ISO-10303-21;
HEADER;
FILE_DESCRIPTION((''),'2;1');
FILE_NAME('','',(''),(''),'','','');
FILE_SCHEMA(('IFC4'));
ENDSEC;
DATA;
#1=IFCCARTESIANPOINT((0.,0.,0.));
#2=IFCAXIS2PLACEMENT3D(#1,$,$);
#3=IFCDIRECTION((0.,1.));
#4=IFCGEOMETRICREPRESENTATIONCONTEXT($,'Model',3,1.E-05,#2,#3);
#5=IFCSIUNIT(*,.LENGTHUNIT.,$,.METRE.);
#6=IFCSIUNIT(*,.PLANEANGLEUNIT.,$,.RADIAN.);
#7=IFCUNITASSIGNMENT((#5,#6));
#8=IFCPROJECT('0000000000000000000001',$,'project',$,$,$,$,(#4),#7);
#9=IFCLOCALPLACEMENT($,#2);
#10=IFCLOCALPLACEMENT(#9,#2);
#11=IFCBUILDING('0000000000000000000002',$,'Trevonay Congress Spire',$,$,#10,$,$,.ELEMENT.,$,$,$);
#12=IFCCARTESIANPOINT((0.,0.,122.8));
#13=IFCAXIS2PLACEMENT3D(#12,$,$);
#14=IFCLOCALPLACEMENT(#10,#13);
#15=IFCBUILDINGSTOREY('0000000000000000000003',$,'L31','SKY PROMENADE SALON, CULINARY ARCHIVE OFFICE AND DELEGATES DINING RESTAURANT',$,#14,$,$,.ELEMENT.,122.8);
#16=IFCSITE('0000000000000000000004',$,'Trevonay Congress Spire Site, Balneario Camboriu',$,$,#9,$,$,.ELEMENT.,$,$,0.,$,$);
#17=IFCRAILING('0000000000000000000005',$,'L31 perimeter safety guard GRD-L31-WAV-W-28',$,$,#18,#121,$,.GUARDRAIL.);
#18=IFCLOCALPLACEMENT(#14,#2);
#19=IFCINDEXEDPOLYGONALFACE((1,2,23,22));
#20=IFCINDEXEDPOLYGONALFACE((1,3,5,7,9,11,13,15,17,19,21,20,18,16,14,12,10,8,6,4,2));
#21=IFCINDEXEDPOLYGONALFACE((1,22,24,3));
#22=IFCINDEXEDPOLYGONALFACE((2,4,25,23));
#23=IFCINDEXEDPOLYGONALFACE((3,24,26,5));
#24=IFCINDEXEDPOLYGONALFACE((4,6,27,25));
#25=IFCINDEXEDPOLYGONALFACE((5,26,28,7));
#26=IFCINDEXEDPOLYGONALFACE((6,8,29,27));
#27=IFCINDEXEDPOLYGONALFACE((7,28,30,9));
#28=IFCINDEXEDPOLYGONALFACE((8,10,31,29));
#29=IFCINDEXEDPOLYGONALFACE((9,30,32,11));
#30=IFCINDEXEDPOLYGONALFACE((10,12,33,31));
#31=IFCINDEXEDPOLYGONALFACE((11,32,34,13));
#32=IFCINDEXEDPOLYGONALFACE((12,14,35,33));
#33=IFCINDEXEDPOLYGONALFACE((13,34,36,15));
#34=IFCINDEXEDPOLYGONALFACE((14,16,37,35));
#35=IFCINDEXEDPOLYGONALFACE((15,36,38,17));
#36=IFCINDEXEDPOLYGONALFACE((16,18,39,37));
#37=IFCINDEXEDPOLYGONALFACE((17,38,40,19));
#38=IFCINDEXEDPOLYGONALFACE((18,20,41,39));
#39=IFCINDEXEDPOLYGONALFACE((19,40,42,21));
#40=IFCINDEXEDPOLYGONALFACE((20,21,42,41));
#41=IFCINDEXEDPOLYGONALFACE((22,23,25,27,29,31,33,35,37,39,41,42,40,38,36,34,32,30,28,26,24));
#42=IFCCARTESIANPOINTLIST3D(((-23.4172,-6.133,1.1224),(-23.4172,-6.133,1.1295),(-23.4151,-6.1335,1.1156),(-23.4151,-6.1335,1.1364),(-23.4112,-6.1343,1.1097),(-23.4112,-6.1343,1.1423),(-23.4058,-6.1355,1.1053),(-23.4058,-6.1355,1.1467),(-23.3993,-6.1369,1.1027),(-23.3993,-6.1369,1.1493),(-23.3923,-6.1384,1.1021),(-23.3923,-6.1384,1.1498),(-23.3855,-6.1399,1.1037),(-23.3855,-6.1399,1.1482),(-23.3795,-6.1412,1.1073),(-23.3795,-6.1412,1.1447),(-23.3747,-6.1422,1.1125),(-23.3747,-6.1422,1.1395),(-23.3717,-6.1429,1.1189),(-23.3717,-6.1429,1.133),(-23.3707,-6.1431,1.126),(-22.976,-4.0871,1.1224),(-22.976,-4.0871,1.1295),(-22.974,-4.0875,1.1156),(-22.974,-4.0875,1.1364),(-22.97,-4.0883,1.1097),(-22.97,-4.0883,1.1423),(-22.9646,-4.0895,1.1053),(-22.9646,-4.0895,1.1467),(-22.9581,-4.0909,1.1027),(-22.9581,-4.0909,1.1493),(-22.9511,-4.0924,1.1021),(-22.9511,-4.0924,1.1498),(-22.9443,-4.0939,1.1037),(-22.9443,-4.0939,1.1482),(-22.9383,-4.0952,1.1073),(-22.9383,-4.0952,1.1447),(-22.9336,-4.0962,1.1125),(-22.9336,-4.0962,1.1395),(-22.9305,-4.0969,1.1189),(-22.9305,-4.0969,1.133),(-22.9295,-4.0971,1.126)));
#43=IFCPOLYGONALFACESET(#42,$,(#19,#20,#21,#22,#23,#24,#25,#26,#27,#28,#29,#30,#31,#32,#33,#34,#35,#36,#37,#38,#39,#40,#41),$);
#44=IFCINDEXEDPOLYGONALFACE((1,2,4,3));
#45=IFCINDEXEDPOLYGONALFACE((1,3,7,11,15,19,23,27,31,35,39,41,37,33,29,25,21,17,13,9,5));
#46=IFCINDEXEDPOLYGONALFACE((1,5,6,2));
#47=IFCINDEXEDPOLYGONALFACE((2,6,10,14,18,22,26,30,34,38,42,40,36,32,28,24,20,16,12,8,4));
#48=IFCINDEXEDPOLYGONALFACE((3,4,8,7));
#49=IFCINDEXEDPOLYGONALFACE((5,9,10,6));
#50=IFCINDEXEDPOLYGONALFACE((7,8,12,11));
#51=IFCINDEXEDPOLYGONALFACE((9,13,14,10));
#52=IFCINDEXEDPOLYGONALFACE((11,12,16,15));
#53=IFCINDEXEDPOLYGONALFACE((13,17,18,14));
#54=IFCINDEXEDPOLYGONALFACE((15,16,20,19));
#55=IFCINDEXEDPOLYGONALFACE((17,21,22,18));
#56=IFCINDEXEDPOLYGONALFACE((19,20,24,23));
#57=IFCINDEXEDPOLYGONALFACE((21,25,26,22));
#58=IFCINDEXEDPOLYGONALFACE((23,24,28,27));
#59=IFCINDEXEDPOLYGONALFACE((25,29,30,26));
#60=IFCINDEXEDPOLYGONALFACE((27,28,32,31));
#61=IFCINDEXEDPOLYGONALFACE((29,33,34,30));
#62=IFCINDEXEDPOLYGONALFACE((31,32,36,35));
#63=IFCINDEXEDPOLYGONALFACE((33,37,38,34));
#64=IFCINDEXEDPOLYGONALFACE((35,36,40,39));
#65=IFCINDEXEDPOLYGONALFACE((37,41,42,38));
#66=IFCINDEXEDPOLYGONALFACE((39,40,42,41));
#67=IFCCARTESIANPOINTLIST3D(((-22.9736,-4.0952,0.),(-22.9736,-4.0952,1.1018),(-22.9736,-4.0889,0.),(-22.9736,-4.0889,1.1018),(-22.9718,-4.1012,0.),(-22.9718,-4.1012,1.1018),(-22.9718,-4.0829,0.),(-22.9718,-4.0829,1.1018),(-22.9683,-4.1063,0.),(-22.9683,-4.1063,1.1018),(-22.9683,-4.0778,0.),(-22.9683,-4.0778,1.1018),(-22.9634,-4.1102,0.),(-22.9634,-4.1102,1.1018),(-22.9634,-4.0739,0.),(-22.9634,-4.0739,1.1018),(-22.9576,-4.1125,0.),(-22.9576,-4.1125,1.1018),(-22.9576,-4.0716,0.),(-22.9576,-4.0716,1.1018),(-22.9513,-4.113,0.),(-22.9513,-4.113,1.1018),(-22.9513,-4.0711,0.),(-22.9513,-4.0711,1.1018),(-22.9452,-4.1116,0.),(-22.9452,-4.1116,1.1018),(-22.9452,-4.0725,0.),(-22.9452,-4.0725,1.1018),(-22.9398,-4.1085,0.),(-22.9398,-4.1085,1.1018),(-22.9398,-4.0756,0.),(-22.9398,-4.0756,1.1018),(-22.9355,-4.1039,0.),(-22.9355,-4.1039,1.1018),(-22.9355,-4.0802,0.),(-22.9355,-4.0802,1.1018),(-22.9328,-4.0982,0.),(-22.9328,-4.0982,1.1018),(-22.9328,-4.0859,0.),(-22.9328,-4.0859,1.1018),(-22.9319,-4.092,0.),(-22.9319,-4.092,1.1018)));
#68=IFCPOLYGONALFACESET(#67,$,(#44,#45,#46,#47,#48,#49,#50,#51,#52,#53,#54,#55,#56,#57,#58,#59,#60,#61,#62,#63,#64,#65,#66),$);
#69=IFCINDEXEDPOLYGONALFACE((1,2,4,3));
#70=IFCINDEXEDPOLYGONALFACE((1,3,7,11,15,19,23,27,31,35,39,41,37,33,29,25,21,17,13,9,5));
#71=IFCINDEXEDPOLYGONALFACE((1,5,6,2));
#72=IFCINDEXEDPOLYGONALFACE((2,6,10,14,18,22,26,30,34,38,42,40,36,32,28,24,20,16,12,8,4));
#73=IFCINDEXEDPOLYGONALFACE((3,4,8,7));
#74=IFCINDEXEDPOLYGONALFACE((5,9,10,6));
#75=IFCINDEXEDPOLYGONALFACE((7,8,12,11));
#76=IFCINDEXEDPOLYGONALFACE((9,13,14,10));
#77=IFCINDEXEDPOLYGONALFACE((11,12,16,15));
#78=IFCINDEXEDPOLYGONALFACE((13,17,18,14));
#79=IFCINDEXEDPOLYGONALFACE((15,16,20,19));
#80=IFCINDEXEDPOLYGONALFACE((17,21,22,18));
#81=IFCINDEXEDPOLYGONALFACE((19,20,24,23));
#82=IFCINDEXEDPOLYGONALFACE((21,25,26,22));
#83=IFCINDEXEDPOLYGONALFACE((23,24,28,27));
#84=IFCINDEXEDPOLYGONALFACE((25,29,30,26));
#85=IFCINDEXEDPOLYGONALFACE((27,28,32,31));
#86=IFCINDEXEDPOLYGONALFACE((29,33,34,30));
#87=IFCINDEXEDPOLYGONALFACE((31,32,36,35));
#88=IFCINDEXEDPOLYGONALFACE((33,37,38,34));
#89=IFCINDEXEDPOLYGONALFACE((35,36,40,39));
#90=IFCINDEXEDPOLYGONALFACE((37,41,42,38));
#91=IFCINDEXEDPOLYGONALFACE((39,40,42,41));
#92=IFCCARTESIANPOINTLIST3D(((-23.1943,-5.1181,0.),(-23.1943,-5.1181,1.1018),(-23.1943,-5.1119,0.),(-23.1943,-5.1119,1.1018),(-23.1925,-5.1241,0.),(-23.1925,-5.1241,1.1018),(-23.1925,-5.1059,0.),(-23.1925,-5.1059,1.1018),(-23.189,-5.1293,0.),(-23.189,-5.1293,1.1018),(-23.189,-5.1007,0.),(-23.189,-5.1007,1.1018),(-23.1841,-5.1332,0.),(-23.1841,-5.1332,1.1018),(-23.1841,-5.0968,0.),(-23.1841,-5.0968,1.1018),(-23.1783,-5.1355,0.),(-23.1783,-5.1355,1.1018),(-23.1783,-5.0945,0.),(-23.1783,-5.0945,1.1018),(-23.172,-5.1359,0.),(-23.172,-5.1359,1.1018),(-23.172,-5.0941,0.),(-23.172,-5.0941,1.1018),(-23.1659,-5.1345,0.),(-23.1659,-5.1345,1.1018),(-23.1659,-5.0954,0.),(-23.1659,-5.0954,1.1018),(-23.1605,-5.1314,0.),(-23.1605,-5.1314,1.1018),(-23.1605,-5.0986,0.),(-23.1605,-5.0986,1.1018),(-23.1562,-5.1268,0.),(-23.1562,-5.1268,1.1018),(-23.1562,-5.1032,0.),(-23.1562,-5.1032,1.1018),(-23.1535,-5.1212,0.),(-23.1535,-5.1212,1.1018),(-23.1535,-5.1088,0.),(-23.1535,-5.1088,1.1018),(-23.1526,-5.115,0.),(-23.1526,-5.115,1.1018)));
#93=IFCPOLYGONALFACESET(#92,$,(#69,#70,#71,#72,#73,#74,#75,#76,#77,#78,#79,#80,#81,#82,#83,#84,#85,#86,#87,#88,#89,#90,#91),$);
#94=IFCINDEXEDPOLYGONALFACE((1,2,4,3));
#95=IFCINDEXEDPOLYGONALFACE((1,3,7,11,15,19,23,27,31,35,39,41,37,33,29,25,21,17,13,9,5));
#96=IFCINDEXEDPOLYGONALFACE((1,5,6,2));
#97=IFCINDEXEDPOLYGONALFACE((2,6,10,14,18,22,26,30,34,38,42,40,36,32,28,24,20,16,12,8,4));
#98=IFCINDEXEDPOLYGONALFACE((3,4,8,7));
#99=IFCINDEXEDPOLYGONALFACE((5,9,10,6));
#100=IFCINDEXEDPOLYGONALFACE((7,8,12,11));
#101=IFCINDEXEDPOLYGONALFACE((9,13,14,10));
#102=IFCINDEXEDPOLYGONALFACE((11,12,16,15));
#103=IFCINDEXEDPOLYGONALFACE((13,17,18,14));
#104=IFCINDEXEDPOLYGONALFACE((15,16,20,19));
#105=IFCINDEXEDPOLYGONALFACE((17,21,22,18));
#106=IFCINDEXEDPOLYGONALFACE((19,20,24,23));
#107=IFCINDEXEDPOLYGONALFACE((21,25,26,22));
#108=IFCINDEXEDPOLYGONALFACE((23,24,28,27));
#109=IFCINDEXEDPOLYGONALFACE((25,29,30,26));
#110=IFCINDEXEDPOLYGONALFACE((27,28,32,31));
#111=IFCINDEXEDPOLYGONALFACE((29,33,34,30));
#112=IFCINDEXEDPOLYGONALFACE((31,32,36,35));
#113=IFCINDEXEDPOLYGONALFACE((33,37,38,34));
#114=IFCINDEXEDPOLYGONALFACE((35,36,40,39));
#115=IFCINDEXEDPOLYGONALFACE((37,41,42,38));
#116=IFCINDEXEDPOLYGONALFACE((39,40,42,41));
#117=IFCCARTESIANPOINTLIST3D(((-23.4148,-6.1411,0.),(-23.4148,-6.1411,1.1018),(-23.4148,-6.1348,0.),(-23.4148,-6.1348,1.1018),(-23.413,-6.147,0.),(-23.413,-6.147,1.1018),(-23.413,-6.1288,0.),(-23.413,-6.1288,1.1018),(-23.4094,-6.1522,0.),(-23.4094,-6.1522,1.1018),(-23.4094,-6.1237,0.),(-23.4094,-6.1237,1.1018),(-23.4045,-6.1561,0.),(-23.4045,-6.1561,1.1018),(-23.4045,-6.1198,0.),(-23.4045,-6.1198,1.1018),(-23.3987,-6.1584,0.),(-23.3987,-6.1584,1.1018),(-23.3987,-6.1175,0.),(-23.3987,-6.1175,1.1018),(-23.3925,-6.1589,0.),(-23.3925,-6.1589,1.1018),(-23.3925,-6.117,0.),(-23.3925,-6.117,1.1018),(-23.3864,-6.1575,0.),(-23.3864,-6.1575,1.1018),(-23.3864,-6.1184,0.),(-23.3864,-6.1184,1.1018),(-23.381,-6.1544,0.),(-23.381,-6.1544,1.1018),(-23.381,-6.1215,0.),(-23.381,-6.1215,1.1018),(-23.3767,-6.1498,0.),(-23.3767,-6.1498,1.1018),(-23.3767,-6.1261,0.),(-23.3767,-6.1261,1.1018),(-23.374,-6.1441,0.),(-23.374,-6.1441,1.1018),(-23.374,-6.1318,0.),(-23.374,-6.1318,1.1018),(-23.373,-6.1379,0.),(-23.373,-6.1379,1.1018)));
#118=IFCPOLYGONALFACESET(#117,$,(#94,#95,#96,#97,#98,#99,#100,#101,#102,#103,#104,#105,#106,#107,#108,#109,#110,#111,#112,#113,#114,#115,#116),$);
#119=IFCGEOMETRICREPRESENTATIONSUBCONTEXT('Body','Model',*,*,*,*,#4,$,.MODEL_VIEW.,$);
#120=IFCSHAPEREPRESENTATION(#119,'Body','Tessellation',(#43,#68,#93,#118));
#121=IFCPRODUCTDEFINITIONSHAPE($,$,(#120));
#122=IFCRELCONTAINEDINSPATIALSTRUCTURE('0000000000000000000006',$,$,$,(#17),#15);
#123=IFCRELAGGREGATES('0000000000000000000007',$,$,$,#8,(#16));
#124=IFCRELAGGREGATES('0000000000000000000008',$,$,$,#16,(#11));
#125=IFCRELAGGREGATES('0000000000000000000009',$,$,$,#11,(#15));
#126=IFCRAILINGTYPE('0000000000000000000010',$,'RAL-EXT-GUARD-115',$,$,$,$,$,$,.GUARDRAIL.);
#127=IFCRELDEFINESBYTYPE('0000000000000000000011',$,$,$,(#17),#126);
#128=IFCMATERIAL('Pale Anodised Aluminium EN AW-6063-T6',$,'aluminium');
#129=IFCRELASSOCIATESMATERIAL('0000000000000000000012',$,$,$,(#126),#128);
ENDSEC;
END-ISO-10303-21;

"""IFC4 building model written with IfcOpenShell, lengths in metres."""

from ifc_helpers import new_model, si_unit, direction, frame, origin, origin_2d, place, context, subcontext, project, spatial, circle, extrude, material, type_object, element, save


model = new_model("IFC4")

# Units and contexts
model_context = context("Model", 3, precision=1e-05, world=origin(), true_north=direction((0.0, 1.0)))
body_context = subcontext(model_context, "Body", "Model", "MODEL_VIEW")
ifc_project = project(units=[si_unit("LENGTHUNIT", "METRE"), si_unit("PLANEANGLEUNIT", "RADIAN")], contexts=[model_context])

# Site, building, storey
site_placement = place(None, origin())
site = spatial("IfcSite", under=ifc_project, at=site_placement, Name="Trevonay Congress Spire Site, Balneario Camboriu", CompositionType="ELEMENT", RefElevation=0.0)
building_placement = place(site_placement, origin())
building = spatial("IfcBuilding", under=site, at=building_placement, Name="Trevonay Congress Spire", CompositionType="ELEMENT")
storey_placement = place(building_placement, frame((0.0, 0.0, 122.8)))
storey = spatial("IfcBuildingStorey", under=building, at=storey_placement, Name="L31", Description="SKY PROMENADE SALON, CULINARY ARCHIVE OFFICE AND DELEGATES DINING RESTAURANT", CompositionType="ELEMENT", Elevation=122.8)

# Shared definitions
ifc_material_1 = material(Name="Pale Anodised Aluminium EN AW-6063-T6", Category="aluminium")

# Railing
railing_type = type_object("IfcRailingType", Name="RAL-EXT-GUARD-115", PredefinedType="GUARDRAIL", material=ifc_material_1)
railing_1_placement = place(storey_placement, frame((-22.9529, -4.092, 0.0)))
element("IfcRailing", 1, at=railing_1_placement, inside=storey, type_object=railing_type, Name="L31 perimeter safety guard GRD-L31-WAV-W-28", PredefinedType="GUARDRAIL", context=body_context, shape_type="SweptSolid", body=[
    extrude(circle(Radius=0.0239, at=origin_2d()), frame((0.0, 0.0, 1.126), z_axis=(-0.210788, -0.977532, 0.0), x_axis=(0.977532, -0.210788, 0.0)), (0.0, 0.0, 1.0), 2.093),
    extrude(circle(Radius=0.021, at=origin_2d()), origin(), (0.0, 0.0, 1.0), 1.1018),
    extrude(circle(Radius=0.021, at=origin_2d()), frame((-0.2207, -1.0229, 0.0)), (0.0, 0.0, 1.0), 1.1018),
    extrude(circle(Radius=0.021, at=origin_2d()), frame((-0.4412, -2.0459, 0.0)), (0.0, 0.0, 1.0), 1.1018),
])

save(model, "model.ifc")
